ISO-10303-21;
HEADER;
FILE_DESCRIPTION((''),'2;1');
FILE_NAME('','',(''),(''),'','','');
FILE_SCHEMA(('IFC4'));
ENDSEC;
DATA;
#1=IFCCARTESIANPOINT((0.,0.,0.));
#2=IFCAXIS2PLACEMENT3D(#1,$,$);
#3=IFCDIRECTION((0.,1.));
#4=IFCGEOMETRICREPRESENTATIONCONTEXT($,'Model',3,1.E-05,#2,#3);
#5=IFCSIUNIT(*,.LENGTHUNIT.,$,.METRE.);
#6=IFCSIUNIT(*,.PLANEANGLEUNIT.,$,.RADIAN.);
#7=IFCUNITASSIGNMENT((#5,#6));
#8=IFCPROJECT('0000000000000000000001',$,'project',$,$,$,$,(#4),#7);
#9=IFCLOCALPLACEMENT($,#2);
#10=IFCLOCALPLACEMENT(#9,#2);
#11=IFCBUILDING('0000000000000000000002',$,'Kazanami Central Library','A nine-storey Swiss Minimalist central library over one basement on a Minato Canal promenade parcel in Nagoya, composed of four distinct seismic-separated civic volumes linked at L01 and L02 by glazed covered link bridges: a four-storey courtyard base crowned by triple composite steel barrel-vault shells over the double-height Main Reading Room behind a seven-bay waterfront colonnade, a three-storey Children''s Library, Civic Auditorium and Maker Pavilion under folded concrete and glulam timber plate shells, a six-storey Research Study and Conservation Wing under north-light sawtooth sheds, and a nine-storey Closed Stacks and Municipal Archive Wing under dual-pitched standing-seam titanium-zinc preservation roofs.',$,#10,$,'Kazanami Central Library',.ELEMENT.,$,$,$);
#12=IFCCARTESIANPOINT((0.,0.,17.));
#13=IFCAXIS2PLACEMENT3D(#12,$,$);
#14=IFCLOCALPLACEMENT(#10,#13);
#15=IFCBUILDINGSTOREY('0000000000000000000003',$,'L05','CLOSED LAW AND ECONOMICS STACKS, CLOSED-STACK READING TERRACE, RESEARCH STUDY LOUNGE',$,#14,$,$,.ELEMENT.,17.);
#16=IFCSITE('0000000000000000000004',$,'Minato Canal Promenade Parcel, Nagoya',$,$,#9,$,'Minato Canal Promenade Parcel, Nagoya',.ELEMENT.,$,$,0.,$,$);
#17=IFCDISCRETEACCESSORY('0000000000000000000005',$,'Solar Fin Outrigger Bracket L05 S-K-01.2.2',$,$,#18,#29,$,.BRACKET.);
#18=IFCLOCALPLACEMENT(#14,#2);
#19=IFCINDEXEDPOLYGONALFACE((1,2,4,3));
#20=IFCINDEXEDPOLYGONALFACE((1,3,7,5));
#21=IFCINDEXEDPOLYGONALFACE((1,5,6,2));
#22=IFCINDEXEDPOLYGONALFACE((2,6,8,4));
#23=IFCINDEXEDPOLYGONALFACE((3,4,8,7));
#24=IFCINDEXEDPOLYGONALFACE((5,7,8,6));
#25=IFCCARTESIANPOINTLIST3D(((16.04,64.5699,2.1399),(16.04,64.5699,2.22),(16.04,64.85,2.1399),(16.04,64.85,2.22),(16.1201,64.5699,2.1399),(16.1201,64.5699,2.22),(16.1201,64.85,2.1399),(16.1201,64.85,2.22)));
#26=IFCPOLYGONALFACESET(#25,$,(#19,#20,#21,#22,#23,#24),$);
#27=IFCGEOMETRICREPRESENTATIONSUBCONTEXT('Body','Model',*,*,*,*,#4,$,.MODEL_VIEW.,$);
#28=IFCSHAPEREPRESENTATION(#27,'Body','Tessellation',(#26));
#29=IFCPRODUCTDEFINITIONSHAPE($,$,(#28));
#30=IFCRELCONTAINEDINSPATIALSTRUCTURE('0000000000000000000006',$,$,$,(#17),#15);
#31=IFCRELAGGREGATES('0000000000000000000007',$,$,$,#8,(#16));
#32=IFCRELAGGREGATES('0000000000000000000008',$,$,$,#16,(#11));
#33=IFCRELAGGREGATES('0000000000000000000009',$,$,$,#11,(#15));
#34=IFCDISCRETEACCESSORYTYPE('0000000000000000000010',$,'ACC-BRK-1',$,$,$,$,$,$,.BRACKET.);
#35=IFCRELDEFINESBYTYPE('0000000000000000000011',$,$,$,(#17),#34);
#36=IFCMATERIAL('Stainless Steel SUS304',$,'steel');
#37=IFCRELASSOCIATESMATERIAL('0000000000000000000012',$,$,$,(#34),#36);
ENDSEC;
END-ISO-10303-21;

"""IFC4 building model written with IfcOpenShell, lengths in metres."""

from ifc_helpers import new_model, si_unit, direction, frame, origin, origin_2d, place, context, subcontext, project, spatial, rectangle, extrude, material, type_object, element, save


model = new_model("IFC4")

# Units and contexts
model_context = context("Model", 3, precision=1e-05, world=origin(), true_north=direction((0.0, 1.0)))
body_context = subcontext(model_context, "Body", "Model", "MODEL_VIEW")
ifc_project = project(units=[si_unit("LENGTHUNIT", "METRE"), si_unit("PLANEANGLEUNIT", "RADIAN")], contexts=[model_context])

# Site, building, storey
site_placement = place(None, origin())
site = spatial("IfcSite", under=ifc_project, at=site_placement, Name="Minato Canal Promenade Parcel, Nagoya", LongName="Minato Canal Promenade Parcel, Nagoya", CompositionType="ELEMENT", RefElevation=0.0)
building_placement = place(site_placement, origin())
building = spatial("IfcBuilding", under=site, at=building_placement, Name="Kazanami Central Library", Description="A nine-storey Swiss Minimalist central library over one basement on a Minato Canal promenade parcel in Nagoya, composed of four distinct seismic-separated civic volumes linked at L01 and L02 by glazed covered link bridges: a four-storey courtyard base crowned by triple composite steel barrel-vault shells over the double-height Main Reading Room behind a seven-bay waterfront colonnade, a three-storey Children's Library, Civic Auditorium and Maker Pavilion under folded concrete and glulam timber plate shells, a six-storey Research Study and Conservation Wing under north-light sawtooth sheds, and a nine-storey Closed Stacks and Municipal Archive Wing under dual-pitched standing-seam titanium-zinc preservation roofs.", LongName="Kazanami Central Library", CompositionType="ELEMENT")
storey_placement = place(building_placement, frame((0.0, 0.0, 17.0)))
storey = spatial("IfcBuildingStorey", under=building, at=storey_placement, Name="L05", Description="CLOSED LAW AND ECONOMICS STACKS, CLOSED-STACK READING TERRACE, RESEARCH STUDY LOUNGE", CompositionType="ELEMENT", Elevation=17.0)

# Discrete accessory
ifc_material_1 = material(Name="Stainless Steel SUS304", Category="steel")
discrete_accessory_type = type_object("IfcDiscreteAccessoryType", Name="ACC-BRK-1", PredefinedType="BRACKET", material=ifc_material_1)
for number, where, z_axis, x_axis, name in (
    (1, (16.0801, 64.71, 2.1399), (0.0, 0.0, 1.0), (1.0, 0.0, 0.0), "Solar Fin Outrigger Bracket L05 S-K-01.2.2"),
):
    element("IfcDiscreteAccessory", number, at=place(storey_placement, frame(where, z_axis=z_axis, x_axis=x_axis)), inside=storey, type_object=discrete_accessory_type, Name=name, PredefinedType="BRACKET", context=body_context, shape_type="SweptSolid", body=[
        extrude(rectangle(XDim=0.0801, YDim=0.28, at=origin_2d()), origin(), (0.0, 0.0, 1.0), 0.0801),
    ])

save(model, "model.ifc")
